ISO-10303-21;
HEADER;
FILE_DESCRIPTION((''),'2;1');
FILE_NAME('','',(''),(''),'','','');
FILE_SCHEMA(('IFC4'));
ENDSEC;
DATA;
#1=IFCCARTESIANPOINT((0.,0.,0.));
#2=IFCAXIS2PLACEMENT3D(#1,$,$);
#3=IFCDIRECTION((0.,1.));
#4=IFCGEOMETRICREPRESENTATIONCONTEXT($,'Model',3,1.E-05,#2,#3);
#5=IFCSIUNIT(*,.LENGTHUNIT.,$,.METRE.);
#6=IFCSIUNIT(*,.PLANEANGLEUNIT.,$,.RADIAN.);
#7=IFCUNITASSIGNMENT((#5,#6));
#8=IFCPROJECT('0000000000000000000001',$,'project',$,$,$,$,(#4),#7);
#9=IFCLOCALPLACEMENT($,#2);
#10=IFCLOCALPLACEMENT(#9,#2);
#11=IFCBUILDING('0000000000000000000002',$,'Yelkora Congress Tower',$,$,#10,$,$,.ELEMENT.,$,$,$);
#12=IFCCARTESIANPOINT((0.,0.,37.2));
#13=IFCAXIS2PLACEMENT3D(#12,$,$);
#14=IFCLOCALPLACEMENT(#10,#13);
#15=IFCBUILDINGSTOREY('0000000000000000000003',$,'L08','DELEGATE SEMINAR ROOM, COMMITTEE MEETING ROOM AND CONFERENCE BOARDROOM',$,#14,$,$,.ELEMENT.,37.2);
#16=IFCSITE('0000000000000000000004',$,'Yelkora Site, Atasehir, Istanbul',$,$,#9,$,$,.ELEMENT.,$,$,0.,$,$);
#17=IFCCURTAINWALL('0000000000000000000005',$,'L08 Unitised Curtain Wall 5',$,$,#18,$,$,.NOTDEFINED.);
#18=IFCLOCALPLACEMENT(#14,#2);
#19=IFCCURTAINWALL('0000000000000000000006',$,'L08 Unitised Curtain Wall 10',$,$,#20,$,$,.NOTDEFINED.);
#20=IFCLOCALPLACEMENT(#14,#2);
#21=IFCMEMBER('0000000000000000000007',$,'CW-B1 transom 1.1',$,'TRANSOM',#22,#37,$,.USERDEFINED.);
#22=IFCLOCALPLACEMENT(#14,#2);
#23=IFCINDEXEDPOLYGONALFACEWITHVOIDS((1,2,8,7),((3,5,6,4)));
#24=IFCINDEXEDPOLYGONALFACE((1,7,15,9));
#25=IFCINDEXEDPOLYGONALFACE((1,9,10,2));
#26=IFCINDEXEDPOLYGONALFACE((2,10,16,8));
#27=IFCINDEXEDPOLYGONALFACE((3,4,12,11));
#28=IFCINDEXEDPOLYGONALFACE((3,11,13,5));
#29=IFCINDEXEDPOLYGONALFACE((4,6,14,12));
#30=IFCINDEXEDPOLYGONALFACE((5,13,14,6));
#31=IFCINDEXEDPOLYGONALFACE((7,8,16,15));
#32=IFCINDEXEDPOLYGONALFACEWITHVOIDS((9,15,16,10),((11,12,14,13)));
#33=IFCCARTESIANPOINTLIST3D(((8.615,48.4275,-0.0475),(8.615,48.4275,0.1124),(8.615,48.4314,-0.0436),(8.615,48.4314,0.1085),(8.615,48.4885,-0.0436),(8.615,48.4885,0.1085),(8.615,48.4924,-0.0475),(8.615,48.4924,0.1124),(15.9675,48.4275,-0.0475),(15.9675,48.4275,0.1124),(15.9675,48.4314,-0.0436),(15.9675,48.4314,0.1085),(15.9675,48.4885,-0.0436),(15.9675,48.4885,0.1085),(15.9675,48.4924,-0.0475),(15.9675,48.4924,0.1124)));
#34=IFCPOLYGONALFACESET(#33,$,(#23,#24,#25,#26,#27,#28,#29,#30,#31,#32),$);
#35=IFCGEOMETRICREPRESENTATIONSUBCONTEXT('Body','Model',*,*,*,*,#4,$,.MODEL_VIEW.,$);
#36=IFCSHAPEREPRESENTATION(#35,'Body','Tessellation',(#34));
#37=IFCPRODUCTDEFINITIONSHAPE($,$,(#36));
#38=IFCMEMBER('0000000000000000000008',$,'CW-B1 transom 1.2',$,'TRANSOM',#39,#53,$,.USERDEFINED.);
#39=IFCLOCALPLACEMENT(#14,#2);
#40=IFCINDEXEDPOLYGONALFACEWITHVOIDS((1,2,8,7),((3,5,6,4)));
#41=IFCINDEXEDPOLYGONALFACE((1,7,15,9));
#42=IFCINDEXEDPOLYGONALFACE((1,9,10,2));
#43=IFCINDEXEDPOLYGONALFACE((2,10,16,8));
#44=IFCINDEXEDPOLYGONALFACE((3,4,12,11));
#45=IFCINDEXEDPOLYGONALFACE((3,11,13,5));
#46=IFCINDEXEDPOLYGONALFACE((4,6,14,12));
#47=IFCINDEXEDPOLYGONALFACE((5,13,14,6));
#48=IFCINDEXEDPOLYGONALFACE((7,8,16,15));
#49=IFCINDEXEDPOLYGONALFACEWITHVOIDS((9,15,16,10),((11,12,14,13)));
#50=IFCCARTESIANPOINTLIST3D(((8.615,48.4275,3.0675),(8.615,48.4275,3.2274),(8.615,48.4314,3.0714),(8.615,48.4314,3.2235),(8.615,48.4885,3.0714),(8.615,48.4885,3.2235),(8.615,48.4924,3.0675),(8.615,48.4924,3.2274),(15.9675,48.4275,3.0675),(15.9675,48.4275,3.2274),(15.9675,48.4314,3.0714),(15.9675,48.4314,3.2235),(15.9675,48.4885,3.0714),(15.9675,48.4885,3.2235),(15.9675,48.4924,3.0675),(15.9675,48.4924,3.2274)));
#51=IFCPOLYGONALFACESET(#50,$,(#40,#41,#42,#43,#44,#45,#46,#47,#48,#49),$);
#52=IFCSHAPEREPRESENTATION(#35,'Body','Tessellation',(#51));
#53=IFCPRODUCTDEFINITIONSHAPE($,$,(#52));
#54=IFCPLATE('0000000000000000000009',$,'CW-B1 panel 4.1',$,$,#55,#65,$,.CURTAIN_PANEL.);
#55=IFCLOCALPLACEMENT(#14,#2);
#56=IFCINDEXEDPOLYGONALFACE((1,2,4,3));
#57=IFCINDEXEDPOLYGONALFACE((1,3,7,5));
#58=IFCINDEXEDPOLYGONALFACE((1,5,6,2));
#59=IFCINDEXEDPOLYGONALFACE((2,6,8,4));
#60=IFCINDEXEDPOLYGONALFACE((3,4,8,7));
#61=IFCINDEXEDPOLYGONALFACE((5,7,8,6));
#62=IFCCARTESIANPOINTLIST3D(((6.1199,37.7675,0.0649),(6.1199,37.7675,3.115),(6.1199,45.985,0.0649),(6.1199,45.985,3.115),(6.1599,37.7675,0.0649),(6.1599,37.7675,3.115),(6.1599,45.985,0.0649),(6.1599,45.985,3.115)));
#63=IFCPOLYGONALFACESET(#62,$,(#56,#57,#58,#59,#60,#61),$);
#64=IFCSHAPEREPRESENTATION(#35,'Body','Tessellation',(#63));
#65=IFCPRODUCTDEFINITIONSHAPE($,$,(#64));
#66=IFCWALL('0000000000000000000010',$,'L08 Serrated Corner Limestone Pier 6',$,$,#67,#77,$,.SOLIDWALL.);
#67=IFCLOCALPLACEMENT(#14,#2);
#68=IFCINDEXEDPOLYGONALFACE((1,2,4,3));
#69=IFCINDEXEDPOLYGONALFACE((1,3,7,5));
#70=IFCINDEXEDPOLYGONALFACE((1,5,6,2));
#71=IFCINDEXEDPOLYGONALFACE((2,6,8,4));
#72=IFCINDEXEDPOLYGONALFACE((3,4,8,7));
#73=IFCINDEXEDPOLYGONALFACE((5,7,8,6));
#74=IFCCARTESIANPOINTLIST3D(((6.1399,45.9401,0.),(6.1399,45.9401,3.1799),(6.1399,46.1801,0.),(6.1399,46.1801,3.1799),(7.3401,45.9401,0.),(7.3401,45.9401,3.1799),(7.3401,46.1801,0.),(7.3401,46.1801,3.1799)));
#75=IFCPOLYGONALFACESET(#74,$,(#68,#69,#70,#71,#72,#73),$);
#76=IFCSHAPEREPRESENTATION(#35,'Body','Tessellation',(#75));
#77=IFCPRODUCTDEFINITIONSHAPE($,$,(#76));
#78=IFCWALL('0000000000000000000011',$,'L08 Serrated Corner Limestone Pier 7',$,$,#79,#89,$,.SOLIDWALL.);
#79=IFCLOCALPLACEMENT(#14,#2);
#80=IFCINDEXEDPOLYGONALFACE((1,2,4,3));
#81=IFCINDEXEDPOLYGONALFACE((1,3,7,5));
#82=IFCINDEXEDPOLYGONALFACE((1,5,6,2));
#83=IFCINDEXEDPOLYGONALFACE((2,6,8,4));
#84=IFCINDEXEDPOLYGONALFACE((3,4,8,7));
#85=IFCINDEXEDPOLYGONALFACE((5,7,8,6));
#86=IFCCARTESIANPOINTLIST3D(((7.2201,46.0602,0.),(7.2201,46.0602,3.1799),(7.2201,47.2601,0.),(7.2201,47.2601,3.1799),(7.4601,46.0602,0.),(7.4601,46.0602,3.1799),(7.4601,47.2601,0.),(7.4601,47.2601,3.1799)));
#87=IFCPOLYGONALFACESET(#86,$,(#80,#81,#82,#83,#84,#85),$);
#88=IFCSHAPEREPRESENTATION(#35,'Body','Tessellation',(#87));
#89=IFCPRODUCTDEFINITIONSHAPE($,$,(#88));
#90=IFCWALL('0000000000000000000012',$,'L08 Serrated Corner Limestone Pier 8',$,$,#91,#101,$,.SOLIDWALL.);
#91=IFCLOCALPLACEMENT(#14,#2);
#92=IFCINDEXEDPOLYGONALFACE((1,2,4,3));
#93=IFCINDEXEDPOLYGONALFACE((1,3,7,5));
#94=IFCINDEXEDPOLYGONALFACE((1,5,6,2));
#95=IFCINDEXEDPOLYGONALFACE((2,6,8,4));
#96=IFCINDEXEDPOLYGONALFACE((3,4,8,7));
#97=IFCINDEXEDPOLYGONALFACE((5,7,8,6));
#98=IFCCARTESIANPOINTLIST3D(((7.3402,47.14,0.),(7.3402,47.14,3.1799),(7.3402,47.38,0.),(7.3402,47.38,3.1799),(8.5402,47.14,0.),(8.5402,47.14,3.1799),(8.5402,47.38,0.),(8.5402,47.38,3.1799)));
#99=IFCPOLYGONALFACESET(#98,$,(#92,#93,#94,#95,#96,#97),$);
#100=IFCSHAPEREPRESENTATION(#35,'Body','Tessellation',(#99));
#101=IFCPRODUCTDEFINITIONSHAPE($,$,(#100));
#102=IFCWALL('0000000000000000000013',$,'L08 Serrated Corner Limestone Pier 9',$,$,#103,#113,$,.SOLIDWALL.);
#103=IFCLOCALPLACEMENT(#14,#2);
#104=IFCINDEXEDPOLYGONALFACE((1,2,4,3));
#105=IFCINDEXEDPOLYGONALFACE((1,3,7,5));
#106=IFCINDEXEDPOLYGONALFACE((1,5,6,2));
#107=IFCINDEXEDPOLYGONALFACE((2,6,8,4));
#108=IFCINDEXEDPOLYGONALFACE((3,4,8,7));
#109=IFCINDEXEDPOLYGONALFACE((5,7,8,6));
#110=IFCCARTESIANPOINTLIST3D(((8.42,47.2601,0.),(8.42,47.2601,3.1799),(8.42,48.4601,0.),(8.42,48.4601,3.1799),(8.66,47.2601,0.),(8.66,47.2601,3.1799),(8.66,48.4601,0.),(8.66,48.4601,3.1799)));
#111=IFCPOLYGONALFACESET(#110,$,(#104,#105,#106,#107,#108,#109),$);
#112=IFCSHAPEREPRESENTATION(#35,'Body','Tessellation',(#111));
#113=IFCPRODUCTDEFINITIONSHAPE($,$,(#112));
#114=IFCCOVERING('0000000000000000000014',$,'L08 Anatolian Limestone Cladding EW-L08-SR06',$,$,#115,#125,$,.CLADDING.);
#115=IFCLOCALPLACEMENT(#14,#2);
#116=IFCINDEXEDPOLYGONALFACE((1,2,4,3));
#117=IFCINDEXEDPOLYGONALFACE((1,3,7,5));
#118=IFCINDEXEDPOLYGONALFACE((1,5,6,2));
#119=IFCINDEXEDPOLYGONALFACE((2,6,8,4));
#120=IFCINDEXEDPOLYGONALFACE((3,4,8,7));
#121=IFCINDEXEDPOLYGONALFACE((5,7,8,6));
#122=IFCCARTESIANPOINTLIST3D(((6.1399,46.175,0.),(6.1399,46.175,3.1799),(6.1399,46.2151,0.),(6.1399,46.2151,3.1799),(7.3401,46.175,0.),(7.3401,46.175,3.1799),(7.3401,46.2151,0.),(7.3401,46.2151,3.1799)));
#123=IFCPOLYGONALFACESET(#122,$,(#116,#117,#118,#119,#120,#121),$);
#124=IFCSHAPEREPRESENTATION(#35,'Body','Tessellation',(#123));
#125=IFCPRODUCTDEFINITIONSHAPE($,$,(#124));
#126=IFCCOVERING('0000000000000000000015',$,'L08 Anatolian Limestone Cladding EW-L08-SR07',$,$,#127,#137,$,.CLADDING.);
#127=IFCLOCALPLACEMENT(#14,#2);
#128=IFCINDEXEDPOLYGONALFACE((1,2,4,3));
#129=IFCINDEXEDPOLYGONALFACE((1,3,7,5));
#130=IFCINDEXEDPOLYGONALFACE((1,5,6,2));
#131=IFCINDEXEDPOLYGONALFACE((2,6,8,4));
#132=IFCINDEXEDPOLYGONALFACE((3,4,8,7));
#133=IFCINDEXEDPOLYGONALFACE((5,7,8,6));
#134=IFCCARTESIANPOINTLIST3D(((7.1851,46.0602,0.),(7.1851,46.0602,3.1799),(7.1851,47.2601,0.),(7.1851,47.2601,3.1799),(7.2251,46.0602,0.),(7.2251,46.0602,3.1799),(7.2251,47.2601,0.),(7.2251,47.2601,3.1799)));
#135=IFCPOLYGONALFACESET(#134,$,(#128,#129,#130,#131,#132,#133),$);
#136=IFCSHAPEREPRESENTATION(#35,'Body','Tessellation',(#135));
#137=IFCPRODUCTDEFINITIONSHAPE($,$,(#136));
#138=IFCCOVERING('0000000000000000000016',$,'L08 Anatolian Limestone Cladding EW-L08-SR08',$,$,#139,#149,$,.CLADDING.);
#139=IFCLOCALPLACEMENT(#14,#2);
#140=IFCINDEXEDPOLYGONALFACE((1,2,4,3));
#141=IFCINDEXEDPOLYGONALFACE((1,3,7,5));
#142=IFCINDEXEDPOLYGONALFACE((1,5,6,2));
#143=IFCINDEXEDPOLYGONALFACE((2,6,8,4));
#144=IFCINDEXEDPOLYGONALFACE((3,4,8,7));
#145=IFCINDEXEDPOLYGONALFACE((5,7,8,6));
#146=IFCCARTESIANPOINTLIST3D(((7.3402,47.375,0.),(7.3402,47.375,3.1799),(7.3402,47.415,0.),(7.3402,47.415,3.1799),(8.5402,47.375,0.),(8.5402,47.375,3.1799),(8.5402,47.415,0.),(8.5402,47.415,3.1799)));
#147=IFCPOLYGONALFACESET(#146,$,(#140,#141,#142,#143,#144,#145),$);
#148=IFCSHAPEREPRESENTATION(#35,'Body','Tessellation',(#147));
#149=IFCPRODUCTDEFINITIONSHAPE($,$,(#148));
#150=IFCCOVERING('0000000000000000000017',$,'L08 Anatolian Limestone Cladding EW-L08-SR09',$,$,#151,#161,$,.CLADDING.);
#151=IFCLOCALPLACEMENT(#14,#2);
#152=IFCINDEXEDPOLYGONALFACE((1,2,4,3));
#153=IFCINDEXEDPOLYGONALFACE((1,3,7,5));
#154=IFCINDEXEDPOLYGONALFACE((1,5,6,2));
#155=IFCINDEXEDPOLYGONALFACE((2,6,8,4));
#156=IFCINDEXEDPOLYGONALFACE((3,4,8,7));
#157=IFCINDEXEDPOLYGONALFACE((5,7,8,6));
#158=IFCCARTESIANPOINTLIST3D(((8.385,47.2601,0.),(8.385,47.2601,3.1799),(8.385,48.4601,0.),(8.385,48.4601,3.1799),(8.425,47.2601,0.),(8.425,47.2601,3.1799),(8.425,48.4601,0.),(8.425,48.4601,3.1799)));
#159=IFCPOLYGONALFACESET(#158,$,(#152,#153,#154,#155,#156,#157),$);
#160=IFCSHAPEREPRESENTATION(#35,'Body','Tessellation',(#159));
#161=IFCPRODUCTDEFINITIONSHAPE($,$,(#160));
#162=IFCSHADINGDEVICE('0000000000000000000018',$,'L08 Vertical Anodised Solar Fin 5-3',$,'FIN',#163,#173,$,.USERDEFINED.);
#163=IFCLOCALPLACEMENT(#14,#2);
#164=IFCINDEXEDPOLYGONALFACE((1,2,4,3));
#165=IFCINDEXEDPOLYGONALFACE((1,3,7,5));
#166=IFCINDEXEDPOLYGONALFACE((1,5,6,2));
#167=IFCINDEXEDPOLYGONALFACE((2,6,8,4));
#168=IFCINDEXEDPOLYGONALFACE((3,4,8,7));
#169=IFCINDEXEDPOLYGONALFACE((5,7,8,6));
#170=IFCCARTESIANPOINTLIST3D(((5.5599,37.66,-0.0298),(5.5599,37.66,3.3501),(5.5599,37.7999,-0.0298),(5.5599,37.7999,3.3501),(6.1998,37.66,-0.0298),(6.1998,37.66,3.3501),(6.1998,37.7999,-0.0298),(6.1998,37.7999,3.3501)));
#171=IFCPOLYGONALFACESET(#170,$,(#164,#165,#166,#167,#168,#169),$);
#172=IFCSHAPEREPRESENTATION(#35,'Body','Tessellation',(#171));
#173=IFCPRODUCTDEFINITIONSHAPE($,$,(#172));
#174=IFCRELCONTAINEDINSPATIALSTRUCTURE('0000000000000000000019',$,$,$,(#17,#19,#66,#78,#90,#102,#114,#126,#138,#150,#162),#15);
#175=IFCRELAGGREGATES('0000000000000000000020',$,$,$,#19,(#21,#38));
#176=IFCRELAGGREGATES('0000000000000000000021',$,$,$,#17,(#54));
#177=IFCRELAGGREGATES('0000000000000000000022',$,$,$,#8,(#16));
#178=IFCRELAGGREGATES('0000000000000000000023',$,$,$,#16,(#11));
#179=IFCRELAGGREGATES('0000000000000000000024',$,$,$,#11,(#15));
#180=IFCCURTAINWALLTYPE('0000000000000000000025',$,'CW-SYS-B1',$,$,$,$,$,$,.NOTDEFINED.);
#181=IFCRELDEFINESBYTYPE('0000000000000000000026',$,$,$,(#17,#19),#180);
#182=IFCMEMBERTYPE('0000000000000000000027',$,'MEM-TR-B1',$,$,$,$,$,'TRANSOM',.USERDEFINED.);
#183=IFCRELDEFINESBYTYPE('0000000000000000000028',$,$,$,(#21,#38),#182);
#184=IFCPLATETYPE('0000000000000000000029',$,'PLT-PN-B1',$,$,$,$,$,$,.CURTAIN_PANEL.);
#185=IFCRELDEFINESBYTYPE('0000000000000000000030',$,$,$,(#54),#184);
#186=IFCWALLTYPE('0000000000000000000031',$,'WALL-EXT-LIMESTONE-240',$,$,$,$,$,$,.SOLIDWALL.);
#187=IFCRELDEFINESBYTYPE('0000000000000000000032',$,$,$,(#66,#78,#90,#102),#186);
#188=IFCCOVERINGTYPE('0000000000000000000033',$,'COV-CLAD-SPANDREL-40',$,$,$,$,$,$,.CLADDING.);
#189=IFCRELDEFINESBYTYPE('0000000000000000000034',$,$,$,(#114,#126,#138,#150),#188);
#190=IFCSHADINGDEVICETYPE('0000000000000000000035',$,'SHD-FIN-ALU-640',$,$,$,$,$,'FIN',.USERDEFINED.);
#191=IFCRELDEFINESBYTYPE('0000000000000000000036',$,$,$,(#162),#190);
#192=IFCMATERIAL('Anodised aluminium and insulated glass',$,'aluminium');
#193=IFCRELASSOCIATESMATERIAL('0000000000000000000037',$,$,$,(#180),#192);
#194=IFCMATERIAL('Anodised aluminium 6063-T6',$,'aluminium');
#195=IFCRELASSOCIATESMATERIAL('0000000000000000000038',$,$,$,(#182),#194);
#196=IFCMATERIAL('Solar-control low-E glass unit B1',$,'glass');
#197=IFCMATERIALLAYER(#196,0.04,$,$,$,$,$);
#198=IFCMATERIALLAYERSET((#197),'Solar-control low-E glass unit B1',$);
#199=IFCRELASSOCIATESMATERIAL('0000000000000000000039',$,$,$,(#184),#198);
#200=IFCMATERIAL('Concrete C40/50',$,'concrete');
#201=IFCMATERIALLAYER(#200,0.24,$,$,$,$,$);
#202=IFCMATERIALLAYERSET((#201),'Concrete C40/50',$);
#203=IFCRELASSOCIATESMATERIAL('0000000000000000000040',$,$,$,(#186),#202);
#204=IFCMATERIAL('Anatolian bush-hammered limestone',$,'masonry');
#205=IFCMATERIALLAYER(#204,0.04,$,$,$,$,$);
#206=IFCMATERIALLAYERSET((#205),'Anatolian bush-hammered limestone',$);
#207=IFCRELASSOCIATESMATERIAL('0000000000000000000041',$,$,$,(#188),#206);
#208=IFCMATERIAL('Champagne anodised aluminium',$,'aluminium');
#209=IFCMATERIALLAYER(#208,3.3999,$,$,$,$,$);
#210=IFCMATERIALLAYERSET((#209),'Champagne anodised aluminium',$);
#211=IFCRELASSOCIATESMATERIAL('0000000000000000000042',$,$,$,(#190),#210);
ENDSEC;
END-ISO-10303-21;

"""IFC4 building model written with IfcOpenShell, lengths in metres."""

from ifc_helpers import new_model, si_unit, direction, frame, frame_2d, origin, origin_2d, place, context, subcontext, project, spatial, rectangle, hollow_rectangle, extrude, material, layer, layer_set, material_profile, profile_set, type_object, element, aggregate, save


model = new_model("IFC4")

# Units and contexts
model_context = context("Model", 3, precision=1e-05, world=origin(), true_north=direction((0.0, 1.0)))
body_context = subcontext(model_context, "Body", "Model", "MODEL_VIEW")
ifc_project = project(units=[si_unit("LENGTHUNIT", "METRE"), si_unit("PLANEANGLEUNIT", "RADIAN")], contexts=[model_context])

# Site, building, storey
site_placement = place(None, origin())
site = spatial("IfcSite", under=ifc_project, at=site_placement, Name="Yelkora Site, Atasehir, Istanbul", CompositionType="ELEMENT", RefElevation=0.0)
building_placement = place(site_placement, origin())
building = spatial("IfcBuilding", under=site, at=building_placement, Name="Yelkora Congress Tower", CompositionType="ELEMENT")
storey_placement = place(building_placement, frame((0.0, 0.0, 37.2)))
storey = spatial("IfcBuildingStorey", under=building, at=storey_placement, Name="L08", Description="DELEGATE SEMINAR ROOM, COMMITTEE MEETING ROOM AND CONFERENCE BOARDROOM", CompositionType="ELEMENT", Elevation=37.2)

# Curtain wall
ifc_material_1 = material(Name="Anodised aluminium and insulated glass", Category="aluminium")
curtain_wall_type = type_object("IfcCurtainWallType", Name="CW-SYS-B1", PredefinedType="NOTDEFINED", material=ifc_material_1)
curtain_wall_1_placement = place(storey_placement, origin())
curtain_wall_1 = element("IfcCurtainWall", 1, at=curtain_wall_1_placement, inside=storey, type_object=curtain_wall_type, Name="L08 Unitised Curtain Wall 5", PredefinedType="NOTDEFINED")
ifc_material_2 = material(Name="Anodised aluminium 6063-T6", Category="aluminium")

# Curtain wall
curtain_wall_2_placement = place(storey_placement, origin())
curtain_wall_2 = element("IfcCurtainWall", 2, at=curtain_wall_2_placement, inside=storey, type_object=curtain_wall_type, Name="L08 Unitised Curtain Wall 10", PredefinedType="NOTDEFINED")

# Members
ifc_material_profile_1 = material_profile(ifc_material_2, hollow_rectangle(XDim=0.0649, YDim=0.1599, WallThickness=0.0039, at=origin_2d()), Name="ALU 65x160x4")
ifc_profile_set_1 = profile_set([ifc_material_profile_1], Name="Anodised aluminium 6063-T6")
member_type_1 = type_object("IfcMemberType", Name="MEM-TR-B1", ElementType="TRANSOM", PredefinedType="USERDEFINED", material=ifc_profile_set_1)
member_1_placement = place(storey_placement, frame((8.615, 48.46, 0.0325), z_axis=(1.0, 0.0, 0.0), x_axis=(0.0, 1.0, 0.0)))
member_1 = element("IfcMember", 3, at=member_1_placement, type_object=member_type_1, Name="CW-B1 transom 1.1", ObjectType="TRANSOM", PredefinedType="USERDEFINED", context=body_context, shape_type="SweptSolid", body=[
    extrude(hollow_rectangle(XDim=0.0649, YDim=0.1599, WallThickness=0.0039, at=origin_2d()), origin(), (0.0, 0.0, 1.0), 7.3525),
])
member_2_placement = place(storey_placement, frame((8.615, 48.46, 3.1475), z_axis=(1.0, 0.0, 0.0), x_axis=(0.0, 1.0, 0.0)))
member_2 = element("IfcMember", 4, at=member_2_placement, type_object=member_type_1, Name="CW-B1 transom 1.2", ObjectType="TRANSOM", PredefinedType="USERDEFINED", context=body_context, shape_type="SweptSolid", body=[
    extrude(hollow_rectangle(XDim=0.0649, YDim=0.1599, WallThickness=0.0039, at=origin_2d()), origin(), (0.0, 0.0, 1.0), 7.3525),
])
aggregate(curtain_wall_2, [member_1, member_2])

# Plate
ifc_material_3 = material(Name="Solar-control low-E glass unit B1", Category="glass")
ifc_layer_1 = layer(ifc_material_3, 0.04)
ifc_layer_set_1 = layer_set([ifc_layer_1], Name="Solar-control low-E glass unit B1")
plate_type = type_object("IfcPlateType", Name="PLT-PN-B1", PredefinedType="CURTAIN_PANEL", material=ifc_layer_set_1)
plate_placement = place(storey_placement, frame((6.1399, 41.8762, 0.0649), z_axis=(0.0, 0.0, 1.0), x_axis=(0.0, 1.0, 0.0)))
plate = element("IfcPlate", 5, at=plate_placement, type_object=plate_type, Name="CW-B1 panel 4.1", PredefinedType="CURTAIN_PANEL", context=body_context, shape_type="SweptSolid", body=[
    extrude(rectangle(XDim=8.2175, YDim=0.04, at=origin_2d()), origin(), (0.0, 0.0, 1.0), 3.05),
])
aggregate(curtain_wall_1, [plate])

# Walls
ifc_material_4 = material(Name="Concrete C40/50", Category="concrete")
ifc_layer_2 = layer(ifc_material_4, 0.24)
ifc_layer_set_2 = layer_set([ifc_layer_2], Name="Concrete C40/50")
wall_type = type_object("IfcWallType", Name="WALL-EXT-LIMESTONE-240", PredefinedType="SOLIDWALL", material=ifc_layer_set_2)
wall_placement = place(storey_placement, frame((6.1399, 46.0601, 0.0), z_axis=(0.0, 0.0, 1.0), x_axis=(1.0, 0.0, 0.0)))
element("IfcWall", 6, at=wall_placement, inside=storey, type_object=wall_type, Name="L08 Serrated Corner Limestone Pier 6", PredefinedType="SOLIDWALL", context=body_context, shape_type="SweptSolid", body=[
    extrude(rectangle(XDim=1.2002, YDim=0.24, at=frame_2d((0.6001, 0.0))), origin(), (0.0, 0.0, 1.0), 3.1799),
])
for number, where, z_axis, x_axis, name in (
    (7, (7.3401, 46.0601, 0.0), (0.0, 0.0, 1.0), (0.0, 1.0, 0.0), "L08 Serrated Corner Limestone Pier 7"),
    (8, (7.3401, 47.26, 0.0), (0.0, 0.0, 1.0), (1.0, 0.0, 0.0), "L08 Serrated Corner Limestone Pier 8"),
    (9, (8.54, 47.26, 0.0), (0.0, 0.0, 1.0), (0.0, 1.0, 0.0), "L08 Serrated Corner Limestone Pier 9"),
):
    element("IfcWall", number, at=place(storey_placement, frame(where, z_axis=z_axis, x_axis=x_axis)), inside=storey, type_object=wall_type, Name=name, PredefinedType="SOLIDWALL", context=body_context, shape_type="SweptSolid", body=[
        extrude(rectangle(XDim=1.2, YDim=0.24, at=frame_2d((0.6001, 0.0))), origin(), (0.0, 0.0, 1.0), 3.1799),
    ])

# Coverings
ifc_material_5 = material(Name="Anatolian bush-hammered limestone", Category="masonry")
ifc_layer_3 = layer(ifc_material_5, 0.04)
ifc_layer_set_3 = layer_set([ifc_layer_3], Name="Anatolian bush-hammered limestone")
covering_type = type_object("IfcCoveringType", Name="COV-CLAD-SPANDREL-40", PredefinedType="CLADDING", material=ifc_layer_set_3)
covering_placement = place(storey_placement, frame((6.1399, 46.1951, 0.0), z_axis=(0.0, 0.0, 1.0), x_axis=(1.0, 0.0, 0.0)))
element("IfcCovering", 10, at=covering_placement, inside=storey, type_object=covering_type, Name="L08 Anatolian Limestone Cladding EW-L08-SR06", PredefinedType="CLADDING", context=body_context, shape_type="SweptSolid", body=[
    extrude(rectangle(XDim=1.2002, YDim=0.04, at=frame_2d((0.6001, 0.0))), origin(), (0.0, 0.0, 1.0), 3.1799),
])
for number, where, z_axis, x_axis, name in (
    (11, (7.2051, 46.0601, 0.0), (0.0, 0.0, 1.0), (0.0, 1.0, 0.0), "L08 Anatolian Limestone Cladding EW-L08-SR07"),
    (12, (7.3401, 47.395, 0.0), (0.0, 0.0, 1.0), (1.0, 0.0, 0.0), "L08 Anatolian Limestone Cladding EW-L08-SR08"),
    (13, (8.405, 47.26, 0.0), (0.0, 0.0, 1.0), (0.0, 1.0, 0.0), "L08 Anatolian Limestone Cladding EW-L08-SR09"),
):
    element("IfcCovering", number, at=place(storey_placement, frame(where, z_axis=z_axis, x_axis=x_axis)), inside=storey, type_object=covering_type, Name=name, PredefinedType="CLADDING", context=body_context, shape_type="SweptSolid", body=[
        extrude(rectangle(XDim=1.2, YDim=0.04, at=frame_2d((0.6001, 0.0))), origin(), (0.0, 0.0, 1.0), 3.1799),
    ])

# Shading device
ifc_material_6 = material(Name="Champagne anodised aluminium", Category="aluminium")
ifc_layer_4 = layer(ifc_material_6, 3.3999)
ifc_layer_set_4 = layer_set([ifc_layer_4], Name="Champagne anodised aluminium")
shading_device_type = type_object("IfcShadingDeviceType", Name="SHD-FIN-ALU-640", ElementType="FIN", PredefinedType="USERDEFINED", material=ifc_layer_set_4)
shading_device_placement = place(storey_placement, frame((5.8799, 37.73, -0.0298), z_axis=(0.0, 0.0, 1.0), x_axis=(0.0, 1.0, 0.0)))
element("IfcShadingDevice", 14, at=shading_device_placement, inside=storey, type_object=shading_device_type, Name="L08 Vertical Anodised Solar Fin 5-3", ObjectType="FIN", PredefinedType="USERDEFINED", context=body_context, shape_type="SweptSolid", body=[
    extrude(rectangle(XDim=0.1399, YDim=0.6399, at=origin_2d()), origin(), (0.0, 0.0, 1.0), 3.3799),
])

save(model, "model.ifc")
